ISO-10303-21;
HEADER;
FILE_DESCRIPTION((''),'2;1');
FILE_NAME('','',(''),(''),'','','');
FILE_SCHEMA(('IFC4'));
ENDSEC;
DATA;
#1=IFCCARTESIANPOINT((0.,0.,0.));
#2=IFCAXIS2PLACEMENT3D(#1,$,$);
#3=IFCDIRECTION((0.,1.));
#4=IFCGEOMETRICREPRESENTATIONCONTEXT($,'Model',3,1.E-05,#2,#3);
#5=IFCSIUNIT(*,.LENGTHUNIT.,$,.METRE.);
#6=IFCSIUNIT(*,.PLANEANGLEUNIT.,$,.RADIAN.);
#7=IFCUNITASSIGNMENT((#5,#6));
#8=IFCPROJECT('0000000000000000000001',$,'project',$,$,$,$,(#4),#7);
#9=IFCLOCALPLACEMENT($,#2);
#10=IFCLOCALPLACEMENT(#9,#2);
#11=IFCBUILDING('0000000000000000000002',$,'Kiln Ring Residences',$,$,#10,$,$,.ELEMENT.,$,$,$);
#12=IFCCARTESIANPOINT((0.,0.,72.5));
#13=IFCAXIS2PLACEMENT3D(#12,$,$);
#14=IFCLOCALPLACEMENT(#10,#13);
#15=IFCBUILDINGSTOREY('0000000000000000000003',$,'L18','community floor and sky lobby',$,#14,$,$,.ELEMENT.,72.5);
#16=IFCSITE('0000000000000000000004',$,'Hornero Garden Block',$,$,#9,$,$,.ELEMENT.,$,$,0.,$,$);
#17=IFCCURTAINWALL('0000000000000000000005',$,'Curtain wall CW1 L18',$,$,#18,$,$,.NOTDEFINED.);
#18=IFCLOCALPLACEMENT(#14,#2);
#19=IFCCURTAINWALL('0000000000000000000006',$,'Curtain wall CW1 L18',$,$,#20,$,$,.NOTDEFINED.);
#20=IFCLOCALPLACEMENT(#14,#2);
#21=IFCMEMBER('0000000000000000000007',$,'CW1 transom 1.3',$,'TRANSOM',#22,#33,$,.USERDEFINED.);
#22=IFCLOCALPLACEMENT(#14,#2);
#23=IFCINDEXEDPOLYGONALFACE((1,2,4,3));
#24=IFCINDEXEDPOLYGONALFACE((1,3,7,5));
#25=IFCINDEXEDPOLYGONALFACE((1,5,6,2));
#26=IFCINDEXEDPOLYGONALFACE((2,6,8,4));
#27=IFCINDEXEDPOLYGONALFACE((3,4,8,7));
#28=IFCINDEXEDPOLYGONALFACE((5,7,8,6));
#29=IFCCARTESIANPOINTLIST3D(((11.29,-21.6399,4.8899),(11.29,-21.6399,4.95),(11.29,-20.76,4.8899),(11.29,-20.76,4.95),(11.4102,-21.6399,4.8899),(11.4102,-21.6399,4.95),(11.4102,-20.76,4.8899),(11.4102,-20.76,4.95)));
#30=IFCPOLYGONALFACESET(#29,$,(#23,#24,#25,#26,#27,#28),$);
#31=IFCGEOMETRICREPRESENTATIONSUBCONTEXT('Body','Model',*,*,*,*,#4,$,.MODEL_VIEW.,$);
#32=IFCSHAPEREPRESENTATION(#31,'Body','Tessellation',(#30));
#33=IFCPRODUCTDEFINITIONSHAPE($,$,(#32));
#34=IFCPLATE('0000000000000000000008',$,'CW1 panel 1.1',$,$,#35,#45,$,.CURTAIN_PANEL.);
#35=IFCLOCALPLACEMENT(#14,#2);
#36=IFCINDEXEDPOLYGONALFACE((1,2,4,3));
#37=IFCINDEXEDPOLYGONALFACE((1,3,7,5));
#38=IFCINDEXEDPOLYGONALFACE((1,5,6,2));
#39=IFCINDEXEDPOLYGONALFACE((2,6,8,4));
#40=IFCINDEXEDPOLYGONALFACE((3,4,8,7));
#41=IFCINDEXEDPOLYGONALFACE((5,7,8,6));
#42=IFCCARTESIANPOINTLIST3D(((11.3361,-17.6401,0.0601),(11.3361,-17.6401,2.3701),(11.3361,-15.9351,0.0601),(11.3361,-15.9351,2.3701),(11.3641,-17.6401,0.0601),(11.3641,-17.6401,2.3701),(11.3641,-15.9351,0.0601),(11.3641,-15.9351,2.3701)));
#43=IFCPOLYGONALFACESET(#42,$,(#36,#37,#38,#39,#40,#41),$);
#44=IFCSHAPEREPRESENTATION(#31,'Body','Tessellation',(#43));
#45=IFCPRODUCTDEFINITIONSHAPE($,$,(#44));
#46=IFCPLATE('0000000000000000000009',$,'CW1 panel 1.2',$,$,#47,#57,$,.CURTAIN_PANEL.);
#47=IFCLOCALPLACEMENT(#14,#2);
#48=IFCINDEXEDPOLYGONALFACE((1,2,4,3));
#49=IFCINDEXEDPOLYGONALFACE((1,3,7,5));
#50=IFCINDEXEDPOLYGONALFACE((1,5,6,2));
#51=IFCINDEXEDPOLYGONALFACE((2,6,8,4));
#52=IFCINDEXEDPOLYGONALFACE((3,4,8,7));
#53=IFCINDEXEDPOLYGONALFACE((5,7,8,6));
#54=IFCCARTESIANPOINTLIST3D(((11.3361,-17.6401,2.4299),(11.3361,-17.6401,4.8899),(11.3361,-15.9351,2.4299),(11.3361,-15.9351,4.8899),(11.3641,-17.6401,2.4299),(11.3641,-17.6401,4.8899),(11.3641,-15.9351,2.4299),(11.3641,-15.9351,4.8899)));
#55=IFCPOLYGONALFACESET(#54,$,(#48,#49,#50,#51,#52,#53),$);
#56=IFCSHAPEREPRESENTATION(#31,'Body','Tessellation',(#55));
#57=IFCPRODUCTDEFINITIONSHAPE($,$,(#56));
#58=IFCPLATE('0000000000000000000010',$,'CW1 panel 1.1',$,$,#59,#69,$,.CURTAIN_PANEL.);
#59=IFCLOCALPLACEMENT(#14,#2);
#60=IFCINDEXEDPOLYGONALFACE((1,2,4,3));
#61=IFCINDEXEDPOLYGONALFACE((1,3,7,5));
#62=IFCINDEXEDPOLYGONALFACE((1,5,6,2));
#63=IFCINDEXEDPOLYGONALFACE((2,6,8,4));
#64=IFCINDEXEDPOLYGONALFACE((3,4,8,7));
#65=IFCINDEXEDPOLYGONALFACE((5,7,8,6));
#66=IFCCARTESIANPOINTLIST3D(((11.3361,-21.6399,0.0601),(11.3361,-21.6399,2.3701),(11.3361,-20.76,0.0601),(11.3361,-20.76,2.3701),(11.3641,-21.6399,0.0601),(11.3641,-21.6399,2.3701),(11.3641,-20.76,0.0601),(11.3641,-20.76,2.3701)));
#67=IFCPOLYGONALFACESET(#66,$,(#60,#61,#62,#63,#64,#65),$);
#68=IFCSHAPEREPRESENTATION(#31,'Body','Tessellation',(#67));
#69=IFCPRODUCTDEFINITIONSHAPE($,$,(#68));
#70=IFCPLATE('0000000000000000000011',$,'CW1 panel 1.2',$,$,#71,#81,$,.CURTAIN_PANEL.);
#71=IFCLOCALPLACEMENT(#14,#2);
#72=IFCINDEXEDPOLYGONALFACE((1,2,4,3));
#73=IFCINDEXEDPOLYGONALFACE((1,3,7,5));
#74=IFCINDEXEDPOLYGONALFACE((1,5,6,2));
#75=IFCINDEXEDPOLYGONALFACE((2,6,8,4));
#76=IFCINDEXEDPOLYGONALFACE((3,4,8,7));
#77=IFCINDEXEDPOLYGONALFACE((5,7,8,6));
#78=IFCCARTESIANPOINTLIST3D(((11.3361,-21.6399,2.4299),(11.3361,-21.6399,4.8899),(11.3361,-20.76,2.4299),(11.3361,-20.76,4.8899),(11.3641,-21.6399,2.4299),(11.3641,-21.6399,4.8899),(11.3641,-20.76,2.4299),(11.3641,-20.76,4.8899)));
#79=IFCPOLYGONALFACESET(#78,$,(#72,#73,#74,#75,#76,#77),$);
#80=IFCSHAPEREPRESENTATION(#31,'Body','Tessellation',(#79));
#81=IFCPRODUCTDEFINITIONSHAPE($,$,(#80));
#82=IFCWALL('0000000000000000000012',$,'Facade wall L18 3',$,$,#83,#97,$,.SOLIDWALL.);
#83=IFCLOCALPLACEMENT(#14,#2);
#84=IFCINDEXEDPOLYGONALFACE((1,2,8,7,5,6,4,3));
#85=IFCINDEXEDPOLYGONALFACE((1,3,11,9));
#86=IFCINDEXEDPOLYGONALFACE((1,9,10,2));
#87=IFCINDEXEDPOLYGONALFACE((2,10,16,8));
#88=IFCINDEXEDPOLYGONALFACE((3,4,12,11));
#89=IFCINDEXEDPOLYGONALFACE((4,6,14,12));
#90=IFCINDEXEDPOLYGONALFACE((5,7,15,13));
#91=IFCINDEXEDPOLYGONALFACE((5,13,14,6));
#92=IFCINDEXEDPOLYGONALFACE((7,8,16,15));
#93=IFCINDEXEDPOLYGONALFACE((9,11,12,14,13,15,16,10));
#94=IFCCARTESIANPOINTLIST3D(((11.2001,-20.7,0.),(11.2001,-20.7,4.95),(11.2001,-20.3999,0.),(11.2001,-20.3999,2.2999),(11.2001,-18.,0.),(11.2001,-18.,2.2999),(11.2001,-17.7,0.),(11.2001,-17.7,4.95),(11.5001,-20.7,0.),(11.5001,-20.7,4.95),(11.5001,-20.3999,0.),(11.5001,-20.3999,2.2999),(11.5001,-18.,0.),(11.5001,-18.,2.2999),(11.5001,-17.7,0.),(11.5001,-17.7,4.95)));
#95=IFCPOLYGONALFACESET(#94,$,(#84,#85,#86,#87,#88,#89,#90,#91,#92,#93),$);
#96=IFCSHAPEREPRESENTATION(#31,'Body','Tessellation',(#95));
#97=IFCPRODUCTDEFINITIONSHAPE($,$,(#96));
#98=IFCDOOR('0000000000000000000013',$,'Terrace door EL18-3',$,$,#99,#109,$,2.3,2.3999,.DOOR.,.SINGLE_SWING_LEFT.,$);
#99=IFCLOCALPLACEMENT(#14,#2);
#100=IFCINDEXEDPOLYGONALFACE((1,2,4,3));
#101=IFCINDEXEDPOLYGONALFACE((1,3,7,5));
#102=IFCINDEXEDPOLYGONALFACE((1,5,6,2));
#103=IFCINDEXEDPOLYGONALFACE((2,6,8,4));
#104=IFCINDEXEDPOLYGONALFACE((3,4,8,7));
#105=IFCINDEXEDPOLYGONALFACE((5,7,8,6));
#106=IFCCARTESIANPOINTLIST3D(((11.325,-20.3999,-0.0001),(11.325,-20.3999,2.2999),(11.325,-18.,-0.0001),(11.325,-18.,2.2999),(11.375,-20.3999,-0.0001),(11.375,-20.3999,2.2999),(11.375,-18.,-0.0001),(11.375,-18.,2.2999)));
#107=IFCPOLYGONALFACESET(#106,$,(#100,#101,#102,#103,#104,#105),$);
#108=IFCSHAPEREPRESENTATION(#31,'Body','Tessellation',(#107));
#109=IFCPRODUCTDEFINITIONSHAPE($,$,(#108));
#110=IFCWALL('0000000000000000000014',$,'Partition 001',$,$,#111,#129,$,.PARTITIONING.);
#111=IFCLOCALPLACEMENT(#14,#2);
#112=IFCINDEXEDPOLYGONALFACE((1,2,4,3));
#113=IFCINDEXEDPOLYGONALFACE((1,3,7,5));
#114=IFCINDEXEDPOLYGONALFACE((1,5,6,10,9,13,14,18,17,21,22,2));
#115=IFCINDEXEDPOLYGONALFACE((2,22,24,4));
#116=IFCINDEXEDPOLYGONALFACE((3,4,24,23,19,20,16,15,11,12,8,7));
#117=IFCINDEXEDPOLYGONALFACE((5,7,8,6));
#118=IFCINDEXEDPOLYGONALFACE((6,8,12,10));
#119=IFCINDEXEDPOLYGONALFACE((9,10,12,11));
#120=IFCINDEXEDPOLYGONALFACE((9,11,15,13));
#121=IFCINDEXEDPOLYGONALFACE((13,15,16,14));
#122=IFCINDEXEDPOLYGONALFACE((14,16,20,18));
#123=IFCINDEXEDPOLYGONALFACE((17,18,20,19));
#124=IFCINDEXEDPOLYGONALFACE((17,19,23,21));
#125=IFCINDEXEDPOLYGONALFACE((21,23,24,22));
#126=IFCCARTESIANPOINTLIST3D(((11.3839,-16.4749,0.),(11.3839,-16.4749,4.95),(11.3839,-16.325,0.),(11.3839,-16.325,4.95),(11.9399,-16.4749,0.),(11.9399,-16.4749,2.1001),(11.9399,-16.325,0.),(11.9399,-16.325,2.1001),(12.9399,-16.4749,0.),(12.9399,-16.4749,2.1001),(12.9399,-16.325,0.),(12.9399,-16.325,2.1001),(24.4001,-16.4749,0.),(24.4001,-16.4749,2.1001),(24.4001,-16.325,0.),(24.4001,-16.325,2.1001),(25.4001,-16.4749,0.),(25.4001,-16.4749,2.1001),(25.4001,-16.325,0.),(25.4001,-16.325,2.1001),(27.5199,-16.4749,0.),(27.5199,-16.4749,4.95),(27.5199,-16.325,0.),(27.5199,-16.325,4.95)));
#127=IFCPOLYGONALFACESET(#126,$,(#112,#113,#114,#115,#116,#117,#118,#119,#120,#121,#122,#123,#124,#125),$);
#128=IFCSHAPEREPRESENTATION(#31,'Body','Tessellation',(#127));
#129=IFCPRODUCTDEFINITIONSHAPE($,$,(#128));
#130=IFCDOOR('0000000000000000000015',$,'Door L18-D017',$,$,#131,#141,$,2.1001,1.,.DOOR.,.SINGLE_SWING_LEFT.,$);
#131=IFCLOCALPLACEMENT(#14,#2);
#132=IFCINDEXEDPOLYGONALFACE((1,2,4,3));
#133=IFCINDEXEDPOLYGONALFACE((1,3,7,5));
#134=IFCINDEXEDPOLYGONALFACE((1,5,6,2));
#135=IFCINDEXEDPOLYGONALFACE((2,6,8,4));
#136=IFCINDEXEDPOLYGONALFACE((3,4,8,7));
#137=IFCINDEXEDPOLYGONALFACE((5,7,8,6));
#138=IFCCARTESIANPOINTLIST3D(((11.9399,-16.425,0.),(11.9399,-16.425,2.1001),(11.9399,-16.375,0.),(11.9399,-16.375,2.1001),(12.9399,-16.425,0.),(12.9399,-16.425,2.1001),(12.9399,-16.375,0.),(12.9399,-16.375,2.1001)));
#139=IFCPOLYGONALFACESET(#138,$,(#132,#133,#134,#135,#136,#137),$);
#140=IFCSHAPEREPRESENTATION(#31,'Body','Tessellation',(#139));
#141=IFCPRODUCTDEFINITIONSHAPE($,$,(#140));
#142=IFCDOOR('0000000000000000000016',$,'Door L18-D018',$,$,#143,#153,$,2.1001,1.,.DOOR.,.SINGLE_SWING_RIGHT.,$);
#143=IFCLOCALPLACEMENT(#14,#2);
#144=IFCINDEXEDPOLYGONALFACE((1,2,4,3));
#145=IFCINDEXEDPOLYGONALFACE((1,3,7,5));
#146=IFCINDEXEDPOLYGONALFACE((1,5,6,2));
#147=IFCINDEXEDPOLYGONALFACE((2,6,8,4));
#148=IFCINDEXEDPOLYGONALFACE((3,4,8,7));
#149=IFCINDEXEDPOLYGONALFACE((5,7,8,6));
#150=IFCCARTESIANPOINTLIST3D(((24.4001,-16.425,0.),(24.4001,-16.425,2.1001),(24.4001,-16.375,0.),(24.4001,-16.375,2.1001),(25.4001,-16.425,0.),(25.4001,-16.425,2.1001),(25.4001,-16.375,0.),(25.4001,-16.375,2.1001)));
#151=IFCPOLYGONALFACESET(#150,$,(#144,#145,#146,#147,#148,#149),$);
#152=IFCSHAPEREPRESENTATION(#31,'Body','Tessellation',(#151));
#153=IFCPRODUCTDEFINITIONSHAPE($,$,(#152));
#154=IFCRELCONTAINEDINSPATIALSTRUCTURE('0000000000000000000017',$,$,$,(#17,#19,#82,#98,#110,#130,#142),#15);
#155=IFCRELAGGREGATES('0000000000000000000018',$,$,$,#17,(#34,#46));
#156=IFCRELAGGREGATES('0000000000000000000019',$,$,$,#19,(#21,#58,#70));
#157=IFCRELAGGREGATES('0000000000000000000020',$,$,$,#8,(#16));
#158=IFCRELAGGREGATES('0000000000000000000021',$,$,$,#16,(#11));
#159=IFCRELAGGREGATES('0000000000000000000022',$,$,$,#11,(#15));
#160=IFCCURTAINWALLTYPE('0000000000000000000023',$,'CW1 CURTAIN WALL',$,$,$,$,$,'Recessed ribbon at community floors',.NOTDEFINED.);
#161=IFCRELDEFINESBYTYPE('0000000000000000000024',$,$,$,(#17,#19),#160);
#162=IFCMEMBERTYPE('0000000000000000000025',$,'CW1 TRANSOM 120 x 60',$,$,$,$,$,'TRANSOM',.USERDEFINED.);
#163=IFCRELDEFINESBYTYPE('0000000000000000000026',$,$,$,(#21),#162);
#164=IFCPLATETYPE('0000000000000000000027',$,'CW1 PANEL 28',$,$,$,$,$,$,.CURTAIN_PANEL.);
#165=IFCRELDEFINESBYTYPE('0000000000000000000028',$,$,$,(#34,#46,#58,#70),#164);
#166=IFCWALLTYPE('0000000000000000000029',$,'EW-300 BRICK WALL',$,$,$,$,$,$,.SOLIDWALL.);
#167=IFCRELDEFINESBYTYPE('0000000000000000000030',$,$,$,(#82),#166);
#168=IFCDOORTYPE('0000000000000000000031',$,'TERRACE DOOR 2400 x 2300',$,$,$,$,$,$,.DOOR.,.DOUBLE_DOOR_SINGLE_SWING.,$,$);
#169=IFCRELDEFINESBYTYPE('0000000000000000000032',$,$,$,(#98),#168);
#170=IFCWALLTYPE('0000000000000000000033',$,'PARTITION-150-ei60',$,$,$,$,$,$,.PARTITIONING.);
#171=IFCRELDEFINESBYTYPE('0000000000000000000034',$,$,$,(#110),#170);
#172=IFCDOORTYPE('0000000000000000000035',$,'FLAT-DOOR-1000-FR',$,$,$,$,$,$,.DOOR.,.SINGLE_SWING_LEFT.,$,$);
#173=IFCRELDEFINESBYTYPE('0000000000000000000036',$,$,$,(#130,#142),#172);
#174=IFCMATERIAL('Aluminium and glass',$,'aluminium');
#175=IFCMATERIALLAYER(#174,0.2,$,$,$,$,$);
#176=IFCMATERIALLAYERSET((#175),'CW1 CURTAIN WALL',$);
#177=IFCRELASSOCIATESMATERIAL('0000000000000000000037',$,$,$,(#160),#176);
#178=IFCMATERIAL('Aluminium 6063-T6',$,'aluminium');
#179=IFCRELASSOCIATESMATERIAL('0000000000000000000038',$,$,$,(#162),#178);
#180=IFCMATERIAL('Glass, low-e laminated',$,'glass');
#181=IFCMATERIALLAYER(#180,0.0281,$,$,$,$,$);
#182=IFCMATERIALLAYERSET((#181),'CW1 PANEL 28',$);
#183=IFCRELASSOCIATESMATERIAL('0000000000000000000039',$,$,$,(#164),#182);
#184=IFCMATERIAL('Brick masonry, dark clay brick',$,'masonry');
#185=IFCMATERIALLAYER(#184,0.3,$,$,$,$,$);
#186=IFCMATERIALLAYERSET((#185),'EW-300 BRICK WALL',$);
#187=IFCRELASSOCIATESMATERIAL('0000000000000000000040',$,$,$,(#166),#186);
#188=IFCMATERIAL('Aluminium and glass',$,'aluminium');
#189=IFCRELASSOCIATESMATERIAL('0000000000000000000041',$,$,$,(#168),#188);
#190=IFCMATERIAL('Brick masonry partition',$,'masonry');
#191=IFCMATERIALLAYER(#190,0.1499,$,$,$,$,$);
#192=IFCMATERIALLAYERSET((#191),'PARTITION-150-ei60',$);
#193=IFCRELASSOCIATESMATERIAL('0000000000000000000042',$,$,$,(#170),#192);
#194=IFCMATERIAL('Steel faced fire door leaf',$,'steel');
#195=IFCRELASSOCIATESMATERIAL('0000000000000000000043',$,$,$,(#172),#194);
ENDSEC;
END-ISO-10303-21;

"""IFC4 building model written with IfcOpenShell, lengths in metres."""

from ifc_helpers import new_model, si_unit, direction, frame, frame_2d, origin, origin_2d, place, context, subcontext, project, spatial, rectangle, extrude, material, layer, layer_set, material_profile, profile_set, type_object, element, fill, aggregate, save


model = new_model("IFC4")

# Units and contexts
model_context = context("Model", 3, precision=1e-05, world=origin(), true_north=direction((0.0, 1.0)))
body_context = subcontext(model_context, "Body", "Model", "MODEL_VIEW")
ifc_project = project(units=[si_unit("LENGTHUNIT", "METRE"), si_unit("PLANEANGLEUNIT", "RADIAN")], contexts=[model_context])

# Site, building, storey
site_placement = place(None, origin())
site = spatial("IfcSite", under=ifc_project, at=site_placement, Name="Hornero Garden Block", CompositionType="ELEMENT", RefElevation=0.0)
building_placement = place(site_placement, origin())
building = spatial("IfcBuilding", under=site, at=building_placement, Name="Kiln Ring Residences", CompositionType="ELEMENT")
storey_placement = place(building_placement, frame((0.0, 0.0, 72.5)))
storey = spatial("IfcBuildingStorey", under=building, at=storey_placement, Name="L18", Description="community floor and sky lobby", CompositionType="ELEMENT", Elevation=72.5)

# Curtain walls
ifc_material_1 = material(Name="Aluminium and glass", Category="aluminium")
ifc_layer_1 = layer(ifc_material_1, 0.2)
ifc_layer_set_1 = layer_set([ifc_layer_1], Name="CW1 CURTAIN WALL")
curtain_wall_type = type_object("IfcCurtainWallType", Name="CW1 CURTAIN WALL", ElementType="Recessed ribbon at community floors", PredefinedType="NOTDEFINED", material=ifc_layer_set_1)
placement = place(storey_placement, origin())
curtain_wall_1 = element("IfcCurtainWall", 1, at=placement, inside=storey, type_object=curtain_wall_type, Name="Curtain wall CW1 L18", PredefinedType="NOTDEFINED")
curtain_wall_2 = element("IfcCurtainWall", 2, at=placement, inside=storey, type_object=curtain_wall_type, Name="Curtain wall CW1 L18", PredefinedType="NOTDEFINED")

# Member
ifc_material_2 = material(Name="Aluminium 6063-T6", Category="aluminium")
ifc_material_profile_1 = material_profile(ifc_material_2, rectangle(XDim=0.1201, YDim=0.0601, at=origin_2d()), Name="AL 120x60")
ifc_profile_set_1 = profile_set([ifc_material_profile_1], Name="Aluminium 6063-T6")
member_type_1 = type_object("IfcMemberType", Name="CW1 TRANSOM 120 x 60", ElementType="TRANSOM", PredefinedType="USERDEFINED", material=ifc_profile_set_1)
member_1_placement = place(storey_placement, frame((11.3501, -20.76, 4.9199), z_axis=(0.0, -1.0, 0.0), x_axis=(1.0, 0.0, 0.0)))
member_1 = element("IfcMember", 3, at=member_1_placement, type_object=member_type_1, Name="CW1 transom 1.3", ObjectType="TRANSOM", PredefinedType="USERDEFINED", context=body_context, shape_type="SweptSolid", body=[
    extrude(rectangle(XDim=0.1201, YDim=0.0601, at=origin_2d()), origin(), (0.0, 0.0, 1.0), 0.8799),
])

# Plates
ifc_material_3 = material(Name="Glass, low-e laminated", Category="glass")
ifc_layer_2 = layer(ifc_material_3, 0.0281)
ifc_layer_set_2 = layer_set([ifc_layer_2], Name="CW1 PANEL 28")
plate_type = type_object("IfcPlateType", Name="CW1 PANEL 28", PredefinedType="CURTAIN_PANEL", material=ifc_layer_set_2)
plate_1_placement = place(storey_placement, frame((11.3501, -16.7876, 0.0601), z_axis=(0.0, 0.0, 1.0), x_axis=(0.0, -1.0, 0.0)))
plate_1 = element("IfcPlate", 4, at=plate_1_placement, type_object=plate_type, Name="CW1 panel 1.1", PredefinedType="CURTAIN_PANEL", context=body_context, shape_type="SweptSolid", body=[
    extrude(rectangle(XDim=1.7051, YDim=0.0281, at=origin_2d()), origin(), (0.0, 0.0, 1.0), 2.3101),
])
plate_2_placement = place(storey_placement, frame((11.3501, -16.7876, 2.4299), z_axis=(0.0, 0.0, 1.0), x_axis=(0.0, -1.0, 0.0)))
plate_2 = element("IfcPlate", 5, at=plate_2_placement, type_object=plate_type, Name="CW1 panel 1.2", PredefinedType="CURTAIN_PANEL", context=body_context, shape_type="SweptSolid", body=[
    extrude(rectangle(XDim=1.7051, YDim=0.0281, at=origin_2d()), origin(), (0.0, 0.0, 1.0), 2.46),
])
aggregate(curtain_wall_1, [plate_1, plate_2])
plate_3_placement = place(storey_placement, frame((11.3501, -21.2, 0.0601), z_axis=(0.0, 0.0, 1.0), x_axis=(0.0, -1.0, 0.0)))
plate_3 = element("IfcPlate", 6, at=plate_3_placement, type_object=plate_type, Name="CW1 panel 1.1", PredefinedType="CURTAIN_PANEL", context=body_context, shape_type="SweptSolid", body=[
    extrude(rectangle(XDim=0.8799, YDim=0.0281, at=origin_2d()), origin(), (0.0, 0.0, 1.0), 2.3101),
])
plate_4_placement = place(storey_placement, frame((11.3501, -21.2, 2.4299), z_axis=(0.0, 0.0, 1.0), x_axis=(0.0, -1.0, 0.0)))
plate_4 = element("IfcPlate", 7, at=plate_4_placement, type_object=plate_type, Name="CW1 panel 1.2", PredefinedType="CURTAIN_PANEL", context=body_context, shape_type="SweptSolid", body=[
    extrude(rectangle(XDim=0.8799, YDim=0.0281, at=origin_2d()), origin(), (0.0, 0.0, 1.0), 2.46),
])
aggregate(curtain_wall_2, [member_1, plate_3, plate_4])

# Wall, opening, door
ifc_material_4 = material(Name="Brick masonry, dark clay brick", Category="masonry")
ifc_layer_3 = layer(ifc_material_4, 0.3)
ifc_layer_set_3 = layer_set([ifc_layer_3], Name="EW-300 BRICK WALL")
wall_type_1 = type_object("IfcWallType", Name="EW-300 BRICK WALL", PredefinedType="SOLIDWALL", material=ifc_layer_set_3)
wall_1_placement = place(storey_placement, frame((11.3501, -17.7, 0.0), z_axis=(0.0, 0.0, 1.0), x_axis=(0.0, -1.0, 0.0)))
wall_1 = element("IfcWall", 8, at=wall_1_placement, inside=storey, type_object=wall_type_1, Name="Facade wall L18 3", PredefinedType="SOLIDWALL", context=body_context, shape_type="SweptSolid", body=[
    extrude(rectangle(XDim=3.0, YDim=0.3, at=frame_2d((1.5, 0.0))), origin(), (0.0, 0.0, 1.0), 4.95),
])
opening_1_placement = place(wall_1_placement, frame((0.3, 0.0, 0.0)))
opening_1 = element("IfcOpeningElement", 9, at=opening_1_placement, cuts=wall_1, PredefinedType="OPENING", context=body_context, shape_type="SweptSolid", body=[
    extrude(rectangle(XDim=2.3999, YDim=2.3, at=frame_2d((1.2, 1.1499))), frame((0.0, 0.1599, 0.0), z_axis=(0.0, -1.0, 0.0), x_axis=(1.0, 0.0, 0.0)), (0.0, 0.0, 1.0), 0.3201),
])
ifc_material_5 = material(Name="Aluminium and glass", Category="aluminium")
door_type_1 = type_object("IfcDoorType", Name="TERRACE DOOR 2400 x 2300", OperationType="DOUBLE_DOOR_SINGLE_SWING", PredefinedType="DOOR", material=ifc_material_5)
door_1_placement = place(opening_1_placement, origin())
door_1 = element("IfcDoor", 10, at=door_1_placement, inside=storey, type_object=door_type_1, Name="Terrace door EL18-3", OperationType="SINGLE_SWING_LEFT", OverallHeight=2.3, OverallWidth=2.3999, PredefinedType="DOOR", context=body_context, shape_type="SweptSolid", body=[
    extrude(rectangle(XDim=2.3999, YDim=2.3, at=frame_2d((1.2, 1.1499))), frame((0.0, 0.0249, 0.0), z_axis=(0.0, -1.0, 0.0), x_axis=(1.0, 0.0, 0.0)), (0.0, 0.0, 1.0), 0.05),
])
fill(opening_1, door_1)

# Wall, openings, doors
ifc_material_6 = material(Name="Brick masonry partition", Category="masonry")
ifc_layer_4 = layer(ifc_material_6, 0.1499)
ifc_layer_set_4 = layer_set([ifc_layer_4], Name="PARTITION-150-ei60")
wall_type_2 = type_object("IfcWallType", Name="PARTITION-150-ei60", PredefinedType="PARTITIONING", material=ifc_layer_set_4)
wall_2_placement = place(storey_placement, frame((11.384, -16.3999, 0.0), z_axis=(0.0, 0.0, 1.0), x_axis=(1.0, 0.0, 0.0)))
wall_2 = element("IfcWall", 11, at=wall_2_placement, inside=storey, type_object=wall_type_2, Name="Partition 001", PredefinedType="PARTITIONING", context=body_context, shape_type="SweptSolid", body=[
    extrude(rectangle(XDim=16.136, YDim=0.1499, at=frame_2d((8.0679, 0.0))), origin(), (0.0, 0.0, 1.0), 4.95),
])
opening_2_placement = place(wall_2_placement, frame((0.5559, 0.0, 0.0)))
opening_2 = element("IfcOpeningElement", 12, at=opening_2_placement, cuts=wall_2, PredefinedType="OPENING", context=body_context, shape_type="SweptSolid", body=[
    extrude(rectangle(XDim=1.0, YDim=2.1001, at=frame_2d((0.5, 1.05))), frame((0.0, 0.085, 0.0), z_axis=(0.0, -1.0, 0.0), x_axis=(1.0, 0.0, 0.0)), (0.0, 0.0, 1.0), 0.1699),
])
opening_3_placement = place(wall_2_placement, frame((13.0161, 0.0, 0.0)))
opening_3 = element("IfcOpeningElement", 13, at=opening_3_placement, cuts=wall_2, PredefinedType="OPENING", context=body_context, shape_type="SweptSolid", body=[
    extrude(rectangle(XDim=1.0, YDim=2.1001, at=frame_2d((0.5, 1.05))), frame((0.0, 0.085, 0.0), z_axis=(0.0, -1.0, 0.0), x_axis=(1.0, 0.0, 0.0)), (0.0, 0.0, 1.0), 0.1699),
])
ifc_material_7 = material(Name="Steel faced fire door leaf", Category="steel")
door_type_2 = type_object("IfcDoorType", Name="FLAT-DOOR-1000-FR", OperationType="SINGLE_SWING_LEFT", PredefinedType="DOOR", material=ifc_material_7)
door_2_placement = place(opening_2_placement, origin())
door_2 = element("IfcDoor", 14, at=door_2_placement, inside=storey, type_object=door_type_2, Name="Door L18-D017", OperationType="SINGLE_SWING_LEFT", OverallHeight=2.1001, OverallWidth=1.0, PredefinedType="DOOR", context=body_context, shape_type="SweptSolid", body=[
    extrude(rectangle(XDim=1.0, YDim=2.1001, at=frame_2d((0.5, 1.05))), frame((0.0, 0.0249, 0.0), z_axis=(0.0, -1.0, 0.0), x_axis=(1.0, 0.0, 0.0)), (0.0, 0.0, 1.0), 0.05),
])
fill(opening_2, door_2)
door_3_placement = place(opening_3_placement, origin())
door_3 = element("IfcDoor", 15, at=door_3_placement, inside=storey, type_object=door_type_2, Name="Door L18-D018", OperationType="SINGLE_SWING_RIGHT", OverallHeight=2.1001, OverallWidth=1.0, PredefinedType="DOOR", context=body_context, shape_type="SweptSolid", body=[
    extrude(rectangle(XDim=1.0, YDim=2.1001, at=frame_2d((0.5, 1.05))), frame((0.0, 0.0249, 0.0), z_axis=(0.0, -1.0, 0.0), x_axis=(1.0, 0.0, 0.0)), (0.0, 0.0, 1.0), 0.05),
])
fill(opening_3, door_3)

save(model, "model.ifc")
